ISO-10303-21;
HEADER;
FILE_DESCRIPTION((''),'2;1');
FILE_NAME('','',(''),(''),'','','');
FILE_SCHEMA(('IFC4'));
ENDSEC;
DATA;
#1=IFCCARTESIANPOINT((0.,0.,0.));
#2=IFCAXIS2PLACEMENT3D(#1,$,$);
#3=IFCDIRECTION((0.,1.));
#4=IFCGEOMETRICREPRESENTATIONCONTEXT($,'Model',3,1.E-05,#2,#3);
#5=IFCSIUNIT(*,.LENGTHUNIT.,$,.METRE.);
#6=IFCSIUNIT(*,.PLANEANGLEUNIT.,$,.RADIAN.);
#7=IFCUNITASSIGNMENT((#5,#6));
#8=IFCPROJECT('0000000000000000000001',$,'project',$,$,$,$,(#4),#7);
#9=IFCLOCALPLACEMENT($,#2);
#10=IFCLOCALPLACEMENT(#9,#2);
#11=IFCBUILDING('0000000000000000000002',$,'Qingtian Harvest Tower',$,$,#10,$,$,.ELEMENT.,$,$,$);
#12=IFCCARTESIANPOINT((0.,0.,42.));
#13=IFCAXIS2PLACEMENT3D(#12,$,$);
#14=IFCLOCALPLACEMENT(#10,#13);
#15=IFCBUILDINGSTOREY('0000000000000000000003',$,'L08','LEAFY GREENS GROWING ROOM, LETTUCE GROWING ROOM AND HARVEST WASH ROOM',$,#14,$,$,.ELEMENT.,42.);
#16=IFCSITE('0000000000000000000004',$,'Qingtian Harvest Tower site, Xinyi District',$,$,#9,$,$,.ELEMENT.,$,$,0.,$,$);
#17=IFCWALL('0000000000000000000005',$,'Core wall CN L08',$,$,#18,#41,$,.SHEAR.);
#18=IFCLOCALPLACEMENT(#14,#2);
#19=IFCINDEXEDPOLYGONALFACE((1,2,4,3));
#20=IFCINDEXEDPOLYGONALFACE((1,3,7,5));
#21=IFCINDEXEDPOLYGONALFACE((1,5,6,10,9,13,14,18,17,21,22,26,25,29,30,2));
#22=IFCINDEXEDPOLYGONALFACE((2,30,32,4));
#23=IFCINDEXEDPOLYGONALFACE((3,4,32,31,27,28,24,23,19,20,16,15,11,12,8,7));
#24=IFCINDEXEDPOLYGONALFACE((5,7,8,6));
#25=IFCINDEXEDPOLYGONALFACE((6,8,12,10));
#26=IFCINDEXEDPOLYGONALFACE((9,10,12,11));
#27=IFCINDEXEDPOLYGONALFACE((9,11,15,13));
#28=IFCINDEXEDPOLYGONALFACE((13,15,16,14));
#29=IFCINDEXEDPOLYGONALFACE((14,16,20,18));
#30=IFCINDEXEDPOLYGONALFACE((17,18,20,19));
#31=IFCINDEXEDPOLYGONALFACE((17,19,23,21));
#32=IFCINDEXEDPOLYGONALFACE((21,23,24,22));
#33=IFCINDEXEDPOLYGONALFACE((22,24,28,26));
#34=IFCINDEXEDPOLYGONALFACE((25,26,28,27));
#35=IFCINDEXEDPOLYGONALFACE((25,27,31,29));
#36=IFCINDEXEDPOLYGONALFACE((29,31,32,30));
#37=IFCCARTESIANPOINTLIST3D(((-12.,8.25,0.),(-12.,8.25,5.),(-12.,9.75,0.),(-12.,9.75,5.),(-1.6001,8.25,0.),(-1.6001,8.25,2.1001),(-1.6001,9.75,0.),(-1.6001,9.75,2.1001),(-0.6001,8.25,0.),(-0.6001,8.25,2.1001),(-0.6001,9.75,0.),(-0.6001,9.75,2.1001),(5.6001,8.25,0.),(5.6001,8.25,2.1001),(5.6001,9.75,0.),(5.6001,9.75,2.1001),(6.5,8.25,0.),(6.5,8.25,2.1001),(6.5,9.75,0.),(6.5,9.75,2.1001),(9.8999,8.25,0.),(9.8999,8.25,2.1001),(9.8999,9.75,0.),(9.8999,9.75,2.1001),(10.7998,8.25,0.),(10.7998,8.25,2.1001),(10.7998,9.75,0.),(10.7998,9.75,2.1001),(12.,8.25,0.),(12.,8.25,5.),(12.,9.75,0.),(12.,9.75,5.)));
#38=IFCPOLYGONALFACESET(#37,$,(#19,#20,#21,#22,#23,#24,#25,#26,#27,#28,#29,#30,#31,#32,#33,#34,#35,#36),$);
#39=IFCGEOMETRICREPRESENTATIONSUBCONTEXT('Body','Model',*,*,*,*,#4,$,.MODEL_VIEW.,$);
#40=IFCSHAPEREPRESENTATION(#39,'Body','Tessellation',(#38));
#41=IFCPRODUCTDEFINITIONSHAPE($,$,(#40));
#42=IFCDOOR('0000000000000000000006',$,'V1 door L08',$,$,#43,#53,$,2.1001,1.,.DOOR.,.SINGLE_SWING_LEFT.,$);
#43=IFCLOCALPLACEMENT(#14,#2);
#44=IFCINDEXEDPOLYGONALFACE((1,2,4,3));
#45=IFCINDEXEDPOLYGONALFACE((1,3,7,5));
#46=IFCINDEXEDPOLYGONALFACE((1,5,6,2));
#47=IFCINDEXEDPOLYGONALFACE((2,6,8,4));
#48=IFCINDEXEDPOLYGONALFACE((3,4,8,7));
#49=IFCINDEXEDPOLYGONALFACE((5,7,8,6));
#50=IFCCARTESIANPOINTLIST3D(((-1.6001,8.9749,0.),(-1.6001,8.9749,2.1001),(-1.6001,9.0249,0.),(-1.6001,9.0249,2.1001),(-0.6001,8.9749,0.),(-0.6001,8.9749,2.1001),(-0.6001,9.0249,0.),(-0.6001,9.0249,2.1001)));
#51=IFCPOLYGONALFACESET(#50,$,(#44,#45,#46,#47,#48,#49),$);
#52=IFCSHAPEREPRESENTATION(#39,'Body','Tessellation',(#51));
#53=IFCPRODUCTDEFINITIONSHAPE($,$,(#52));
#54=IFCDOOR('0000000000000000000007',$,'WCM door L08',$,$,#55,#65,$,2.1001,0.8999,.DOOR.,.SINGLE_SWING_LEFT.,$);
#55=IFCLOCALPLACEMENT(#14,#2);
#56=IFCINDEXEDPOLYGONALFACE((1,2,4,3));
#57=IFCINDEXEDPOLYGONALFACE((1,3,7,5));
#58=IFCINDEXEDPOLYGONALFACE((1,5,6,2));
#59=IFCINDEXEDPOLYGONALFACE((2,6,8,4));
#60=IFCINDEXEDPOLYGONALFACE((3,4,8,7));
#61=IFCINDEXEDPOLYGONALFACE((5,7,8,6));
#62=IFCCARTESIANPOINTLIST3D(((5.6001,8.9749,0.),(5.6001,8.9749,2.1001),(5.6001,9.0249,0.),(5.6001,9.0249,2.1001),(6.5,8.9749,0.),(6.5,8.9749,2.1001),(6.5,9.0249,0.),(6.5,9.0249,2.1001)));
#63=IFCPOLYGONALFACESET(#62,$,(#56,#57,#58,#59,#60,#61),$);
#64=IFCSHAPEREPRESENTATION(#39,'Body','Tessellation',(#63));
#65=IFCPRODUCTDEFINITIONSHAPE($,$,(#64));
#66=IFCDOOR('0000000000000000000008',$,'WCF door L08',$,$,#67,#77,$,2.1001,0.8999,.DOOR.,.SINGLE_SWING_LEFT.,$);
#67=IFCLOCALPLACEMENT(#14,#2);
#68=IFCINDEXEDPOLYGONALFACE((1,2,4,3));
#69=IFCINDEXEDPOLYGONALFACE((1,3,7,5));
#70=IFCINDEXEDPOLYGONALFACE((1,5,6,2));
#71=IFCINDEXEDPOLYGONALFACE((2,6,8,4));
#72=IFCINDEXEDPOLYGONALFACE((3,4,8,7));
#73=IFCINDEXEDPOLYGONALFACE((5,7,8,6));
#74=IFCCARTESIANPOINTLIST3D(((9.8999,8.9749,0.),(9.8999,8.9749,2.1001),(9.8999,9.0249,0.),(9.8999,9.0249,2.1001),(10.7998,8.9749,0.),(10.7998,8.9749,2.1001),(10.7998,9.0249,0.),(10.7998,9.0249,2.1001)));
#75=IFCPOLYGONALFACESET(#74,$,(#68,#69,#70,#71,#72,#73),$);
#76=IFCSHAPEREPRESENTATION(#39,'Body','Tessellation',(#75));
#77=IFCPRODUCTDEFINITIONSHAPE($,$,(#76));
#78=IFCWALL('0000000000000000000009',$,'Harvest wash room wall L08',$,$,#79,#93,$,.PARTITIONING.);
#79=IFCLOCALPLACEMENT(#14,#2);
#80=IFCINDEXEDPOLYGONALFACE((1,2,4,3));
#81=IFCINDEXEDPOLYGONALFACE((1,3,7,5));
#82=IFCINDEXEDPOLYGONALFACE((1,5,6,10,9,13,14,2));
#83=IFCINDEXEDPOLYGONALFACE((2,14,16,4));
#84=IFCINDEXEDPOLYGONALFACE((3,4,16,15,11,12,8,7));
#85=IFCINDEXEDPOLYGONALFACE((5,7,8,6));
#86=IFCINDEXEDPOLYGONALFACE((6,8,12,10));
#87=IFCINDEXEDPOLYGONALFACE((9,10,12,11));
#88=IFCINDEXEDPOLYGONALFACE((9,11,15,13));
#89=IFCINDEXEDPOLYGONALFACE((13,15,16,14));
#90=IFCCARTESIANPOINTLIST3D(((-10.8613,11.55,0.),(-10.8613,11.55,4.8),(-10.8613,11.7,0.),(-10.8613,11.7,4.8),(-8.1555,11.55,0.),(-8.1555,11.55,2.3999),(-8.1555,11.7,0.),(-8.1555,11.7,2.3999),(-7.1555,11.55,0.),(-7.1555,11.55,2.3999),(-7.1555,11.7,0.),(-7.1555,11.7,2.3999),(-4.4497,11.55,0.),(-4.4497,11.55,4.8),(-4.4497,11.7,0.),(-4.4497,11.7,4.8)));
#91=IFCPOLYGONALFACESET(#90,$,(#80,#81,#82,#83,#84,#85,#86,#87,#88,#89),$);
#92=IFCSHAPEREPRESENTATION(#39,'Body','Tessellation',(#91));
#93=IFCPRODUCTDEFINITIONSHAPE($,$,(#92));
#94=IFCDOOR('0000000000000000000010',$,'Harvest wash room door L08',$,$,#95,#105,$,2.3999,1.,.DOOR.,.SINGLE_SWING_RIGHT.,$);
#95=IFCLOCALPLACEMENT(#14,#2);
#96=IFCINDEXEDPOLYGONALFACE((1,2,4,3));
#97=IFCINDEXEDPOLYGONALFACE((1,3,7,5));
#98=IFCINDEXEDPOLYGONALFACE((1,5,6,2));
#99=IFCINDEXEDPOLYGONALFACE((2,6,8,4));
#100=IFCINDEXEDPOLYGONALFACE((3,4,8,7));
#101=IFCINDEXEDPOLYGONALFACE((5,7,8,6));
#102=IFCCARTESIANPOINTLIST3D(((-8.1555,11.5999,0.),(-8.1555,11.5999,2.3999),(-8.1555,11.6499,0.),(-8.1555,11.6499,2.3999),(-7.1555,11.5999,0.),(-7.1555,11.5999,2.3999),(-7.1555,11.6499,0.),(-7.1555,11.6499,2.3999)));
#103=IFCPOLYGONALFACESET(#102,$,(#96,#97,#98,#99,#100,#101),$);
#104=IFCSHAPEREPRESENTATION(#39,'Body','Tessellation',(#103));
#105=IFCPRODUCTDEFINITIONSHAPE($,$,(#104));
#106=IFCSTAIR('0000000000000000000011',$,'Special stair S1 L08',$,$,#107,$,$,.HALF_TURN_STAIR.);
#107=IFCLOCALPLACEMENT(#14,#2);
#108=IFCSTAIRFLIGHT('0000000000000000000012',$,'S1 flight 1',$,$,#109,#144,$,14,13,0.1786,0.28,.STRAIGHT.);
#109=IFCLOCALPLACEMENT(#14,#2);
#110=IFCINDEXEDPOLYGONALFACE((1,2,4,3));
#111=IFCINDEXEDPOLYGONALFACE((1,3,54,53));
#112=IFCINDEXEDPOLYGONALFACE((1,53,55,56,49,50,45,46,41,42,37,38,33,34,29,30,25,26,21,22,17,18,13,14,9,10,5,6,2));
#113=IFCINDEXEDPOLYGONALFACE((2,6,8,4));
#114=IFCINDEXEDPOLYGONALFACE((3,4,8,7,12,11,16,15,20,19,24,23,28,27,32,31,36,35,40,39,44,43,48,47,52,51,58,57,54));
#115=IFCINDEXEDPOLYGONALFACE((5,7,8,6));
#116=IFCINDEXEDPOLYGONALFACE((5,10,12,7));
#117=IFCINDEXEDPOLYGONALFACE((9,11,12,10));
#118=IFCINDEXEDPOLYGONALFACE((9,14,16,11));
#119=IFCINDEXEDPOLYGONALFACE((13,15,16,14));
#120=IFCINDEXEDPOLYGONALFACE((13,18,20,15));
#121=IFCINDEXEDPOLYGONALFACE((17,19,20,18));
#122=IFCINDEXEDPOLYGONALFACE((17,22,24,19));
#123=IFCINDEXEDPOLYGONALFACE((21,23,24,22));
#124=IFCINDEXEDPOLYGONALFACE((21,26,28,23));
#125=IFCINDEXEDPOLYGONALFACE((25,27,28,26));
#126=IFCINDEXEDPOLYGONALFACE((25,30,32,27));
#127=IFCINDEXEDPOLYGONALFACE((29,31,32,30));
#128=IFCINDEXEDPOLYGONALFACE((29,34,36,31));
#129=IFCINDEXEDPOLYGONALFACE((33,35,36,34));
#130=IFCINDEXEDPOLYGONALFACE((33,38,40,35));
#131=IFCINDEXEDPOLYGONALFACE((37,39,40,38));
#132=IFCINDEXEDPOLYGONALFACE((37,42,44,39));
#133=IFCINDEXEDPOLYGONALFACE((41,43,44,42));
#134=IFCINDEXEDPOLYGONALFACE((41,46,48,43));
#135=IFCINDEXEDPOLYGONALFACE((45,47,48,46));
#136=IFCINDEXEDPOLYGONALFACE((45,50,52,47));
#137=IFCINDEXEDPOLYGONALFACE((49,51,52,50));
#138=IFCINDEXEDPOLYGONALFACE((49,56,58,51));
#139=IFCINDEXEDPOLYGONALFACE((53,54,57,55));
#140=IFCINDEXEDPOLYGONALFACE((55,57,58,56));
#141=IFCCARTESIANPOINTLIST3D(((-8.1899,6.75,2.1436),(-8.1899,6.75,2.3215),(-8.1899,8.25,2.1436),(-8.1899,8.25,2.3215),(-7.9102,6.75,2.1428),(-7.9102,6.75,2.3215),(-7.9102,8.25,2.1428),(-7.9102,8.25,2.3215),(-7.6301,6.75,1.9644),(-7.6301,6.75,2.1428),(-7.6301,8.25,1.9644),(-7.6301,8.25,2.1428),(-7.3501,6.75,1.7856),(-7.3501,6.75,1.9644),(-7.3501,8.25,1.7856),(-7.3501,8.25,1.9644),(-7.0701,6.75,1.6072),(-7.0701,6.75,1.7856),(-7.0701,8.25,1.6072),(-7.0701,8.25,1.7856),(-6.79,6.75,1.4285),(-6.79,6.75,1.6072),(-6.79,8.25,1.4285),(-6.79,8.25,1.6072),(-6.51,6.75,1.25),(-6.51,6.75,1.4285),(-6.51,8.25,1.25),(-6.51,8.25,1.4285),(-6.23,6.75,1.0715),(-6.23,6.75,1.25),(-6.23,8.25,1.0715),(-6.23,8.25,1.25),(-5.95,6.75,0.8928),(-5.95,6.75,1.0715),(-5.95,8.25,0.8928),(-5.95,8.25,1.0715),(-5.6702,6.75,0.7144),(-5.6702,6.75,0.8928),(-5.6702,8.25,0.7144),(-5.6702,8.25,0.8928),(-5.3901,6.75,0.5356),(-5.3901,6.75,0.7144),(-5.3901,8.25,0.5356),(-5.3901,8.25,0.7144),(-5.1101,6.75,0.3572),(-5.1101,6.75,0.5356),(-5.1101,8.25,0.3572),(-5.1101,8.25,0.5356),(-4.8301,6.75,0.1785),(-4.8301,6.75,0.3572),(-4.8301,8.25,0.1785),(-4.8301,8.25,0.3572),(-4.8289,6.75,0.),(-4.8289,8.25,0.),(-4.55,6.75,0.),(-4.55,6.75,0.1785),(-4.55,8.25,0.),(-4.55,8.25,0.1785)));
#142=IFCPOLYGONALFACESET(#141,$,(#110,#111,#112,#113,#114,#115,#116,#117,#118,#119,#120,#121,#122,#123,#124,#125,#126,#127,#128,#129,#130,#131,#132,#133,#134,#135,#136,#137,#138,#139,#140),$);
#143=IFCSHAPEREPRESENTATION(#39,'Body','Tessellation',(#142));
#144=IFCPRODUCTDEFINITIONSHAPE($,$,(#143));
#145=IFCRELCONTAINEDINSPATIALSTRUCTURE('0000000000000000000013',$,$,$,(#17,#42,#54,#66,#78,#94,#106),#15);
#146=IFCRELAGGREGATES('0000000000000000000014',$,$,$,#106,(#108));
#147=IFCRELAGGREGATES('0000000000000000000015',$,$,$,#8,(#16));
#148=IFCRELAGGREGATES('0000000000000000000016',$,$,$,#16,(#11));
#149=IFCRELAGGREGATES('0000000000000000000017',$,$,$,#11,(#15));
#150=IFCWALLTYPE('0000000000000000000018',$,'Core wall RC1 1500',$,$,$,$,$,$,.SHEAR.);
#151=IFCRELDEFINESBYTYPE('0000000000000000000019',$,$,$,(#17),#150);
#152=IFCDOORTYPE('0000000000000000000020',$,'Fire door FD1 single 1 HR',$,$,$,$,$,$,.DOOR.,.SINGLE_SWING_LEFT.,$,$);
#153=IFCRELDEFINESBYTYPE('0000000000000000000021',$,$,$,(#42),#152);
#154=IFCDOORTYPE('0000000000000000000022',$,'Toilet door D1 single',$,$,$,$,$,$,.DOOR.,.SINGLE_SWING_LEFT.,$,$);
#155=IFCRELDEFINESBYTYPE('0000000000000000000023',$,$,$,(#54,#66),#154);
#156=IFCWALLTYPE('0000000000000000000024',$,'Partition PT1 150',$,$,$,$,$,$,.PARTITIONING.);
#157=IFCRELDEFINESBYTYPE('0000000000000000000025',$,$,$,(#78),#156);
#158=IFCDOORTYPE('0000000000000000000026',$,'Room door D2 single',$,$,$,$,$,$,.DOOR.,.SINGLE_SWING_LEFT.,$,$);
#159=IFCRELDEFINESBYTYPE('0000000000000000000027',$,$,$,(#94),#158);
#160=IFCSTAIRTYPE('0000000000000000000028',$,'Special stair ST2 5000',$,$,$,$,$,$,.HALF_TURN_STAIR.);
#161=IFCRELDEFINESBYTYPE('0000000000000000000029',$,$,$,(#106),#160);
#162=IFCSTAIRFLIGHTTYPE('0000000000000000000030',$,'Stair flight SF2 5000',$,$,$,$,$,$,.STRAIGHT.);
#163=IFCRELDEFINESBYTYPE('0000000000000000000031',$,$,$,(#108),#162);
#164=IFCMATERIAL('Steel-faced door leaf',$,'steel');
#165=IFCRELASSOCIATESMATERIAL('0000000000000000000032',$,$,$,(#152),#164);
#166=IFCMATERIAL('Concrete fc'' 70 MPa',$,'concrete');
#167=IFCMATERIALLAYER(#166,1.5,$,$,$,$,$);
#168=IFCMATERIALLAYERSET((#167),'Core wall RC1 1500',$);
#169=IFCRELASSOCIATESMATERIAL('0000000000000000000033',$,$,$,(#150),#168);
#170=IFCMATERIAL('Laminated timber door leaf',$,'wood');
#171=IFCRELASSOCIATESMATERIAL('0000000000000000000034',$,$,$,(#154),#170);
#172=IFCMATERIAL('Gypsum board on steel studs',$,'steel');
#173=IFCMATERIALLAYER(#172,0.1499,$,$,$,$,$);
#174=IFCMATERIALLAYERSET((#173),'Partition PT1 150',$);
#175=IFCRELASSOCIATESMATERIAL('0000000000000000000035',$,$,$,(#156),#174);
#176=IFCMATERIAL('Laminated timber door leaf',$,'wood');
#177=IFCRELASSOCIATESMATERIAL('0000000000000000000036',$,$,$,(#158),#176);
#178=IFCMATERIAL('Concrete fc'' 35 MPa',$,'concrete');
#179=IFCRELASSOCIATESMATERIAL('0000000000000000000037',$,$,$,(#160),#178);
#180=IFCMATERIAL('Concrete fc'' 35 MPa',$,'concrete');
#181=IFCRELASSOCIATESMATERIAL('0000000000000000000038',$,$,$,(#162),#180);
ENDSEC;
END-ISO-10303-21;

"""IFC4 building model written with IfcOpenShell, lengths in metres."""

from ifc_helpers import new_model, si_unit, direction, frame, frame_2d, origin, place, context, subcontext, project, spatial, polyline, rectangle, outline, extrude, material, layer, layer_set, type_object, element, fill, aggregate, save


model = new_model("IFC4")

# Units and contexts
model_context = context("Model", 3, precision=1e-05, world=origin(), true_north=direction((0.0, 1.0)))
body_context = subcontext(model_context, "Body", "Model", "MODEL_VIEW")
ifc_project = project(units=[si_unit("LENGTHUNIT", "METRE"), si_unit("PLANEANGLEUNIT", "RADIAN")], contexts=[model_context])

# Site, building, storey
site_placement = place(None, origin())
site = spatial("IfcSite", under=ifc_project, at=site_placement, Name="Qingtian Harvest Tower site, Xinyi District", CompositionType="ELEMENT", RefElevation=0.0)
building_placement = place(site_placement, origin())
building = spatial("IfcBuilding", under=site, at=building_placement, Name="Qingtian Harvest Tower", CompositionType="ELEMENT")
storey_placement = place(building_placement, frame((0.0, 0.0, 42.0)))
storey = spatial("IfcBuildingStorey", under=building, at=storey_placement, Name="L08", Description="LEAFY GREENS GROWING ROOM, LETTUCE GROWING ROOM AND HARVEST WASH ROOM", CompositionType="ELEMENT", Elevation=42.0)

# Shared definitions
ifc_material_1 = material(Name="Steel-faced door leaf", Category="steel")
door_type_1 = type_object("IfcDoorType", Name="Fire door FD1 single 1 HR", OperationType="SINGLE_SWING_LEFT", PredefinedType="DOOR", material=ifc_material_1)

# Wall, openings, doors
ifc_material_2 = material(Name="Concrete fc' 70 MPa", Category="concrete")
ifc_layer_1 = layer(ifc_material_2, 1.5)
ifc_layer_set_1 = layer_set([ifc_layer_1], Name="Core wall RC1 1500")
wall_type_1 = type_object("IfcWallType", Name="Core wall RC1 1500", PredefinedType="SHEAR", material=ifc_layer_set_1)
wall_1_placement = place(storey_placement, frame((-12.0, 9.0, 0.0), z_axis=(0.0, 0.0, 1.0), x_axis=(1.0, 0.0, 0.0)))
wall_1 = element("IfcWall", 1, at=wall_1_placement, inside=storey, type_object=wall_type_1, Name="Core wall CN L08", PredefinedType="SHEAR", context=body_context, shape_type="SweptSolid", body=[
    extrude(rectangle(XDim=24.0, YDim=1.5, at=frame_2d((12.0, 0.0))), origin(), (0.0, 0.0, 1.0), 5.0),
])
opening_1_placement = place(wall_1_placement, frame((10.3999, 0.0, 0.0)))
opening_1 = element("IfcOpeningElement", 2, at=opening_1_placement, cuts=wall_1, PredefinedType="OPENING", context=body_context, shape_type="SweptSolid", body=[
    extrude(rectangle(XDim=1.0, YDim=2.1001, at=frame_2d((0.5, 1.05))), frame((0.0, 0.76, 0.0), z_axis=(0.0, -1.0, 0.0), x_axis=(1.0, 0.0, 0.0)), (0.0, 0.0, 1.0), 1.52),
])
opening_2_placement = place(wall_1_placement, frame((17.6001, 0.0, 0.0)))
opening_2 = element("IfcOpeningElement", 3, at=opening_2_placement, cuts=wall_1, PredefinedType="OPENING", context=body_context, shape_type="SweptSolid", body=[
    extrude(rectangle(XDim=0.8999, YDim=2.1001, at=frame_2d((0.45, 1.05))), frame((0.0, 0.76, 0.0), z_axis=(0.0, -1.0, 0.0), x_axis=(1.0, 0.0, 0.0)), (0.0, 0.0, 1.0), 1.52),
])
opening_3_placement = place(wall_1_placement, frame((21.8999, 0.0, 0.0)))
opening_3 = element("IfcOpeningElement", 4, at=opening_3_placement, cuts=wall_1, PredefinedType="OPENING", context=body_context, shape_type="SweptSolid", body=[
    extrude(rectangle(XDim=0.8999, YDim=2.1001, at=frame_2d((0.45, 1.05))), frame((0.0, 0.76, 0.0), z_axis=(0.0, -1.0, 0.0), x_axis=(1.0, 0.0, 0.0)), (0.0, 0.0, 1.0), 1.52),
])
door_1_placement = place(opening_1_placement, origin())
door_1 = element("IfcDoor", 5, at=door_1_placement, inside=storey, type_object=door_type_1, Name="V1 door L08", OperationType="SINGLE_SWING_LEFT", OverallHeight=2.1001, OverallWidth=1.0, PredefinedType="DOOR", context=body_context, shape_type="SweptSolid", body=[
    extrude(rectangle(XDim=1.0, YDim=2.1001, at=frame_2d((0.5, 1.05))), frame((0.0, 0.0249, 0.0), z_axis=(0.0, -1.0, 0.0), x_axis=(1.0, 0.0, 0.0)), (0.0, 0.0, 1.0), 0.05),
])
fill(opening_1, door_1)
ifc_material_3 = material(Name="Laminated timber door leaf", Category="wood")
door_type_2 = type_object("IfcDoorType", Name="Toilet door D1 single", OperationType="SINGLE_SWING_LEFT", PredefinedType="DOOR", material=ifc_material_3)
door_2_placement = place(opening_2_placement, origin())
door_2 = element("IfcDoor", 6, at=door_2_placement, inside=storey, type_object=door_type_2, Name="WCM door L08", OperationType="SINGLE_SWING_LEFT", OverallHeight=2.1001, OverallWidth=0.8999, PredefinedType="DOOR", context=body_context, shape_type="SweptSolid", body=[
    extrude(rectangle(XDim=0.8999, YDim=2.1001, at=frame_2d((0.45, 1.05))), frame((0.0, 0.0249, 0.0), z_axis=(0.0, -1.0, 0.0), x_axis=(1.0, 0.0, 0.0)), (0.0, 0.0, 1.0), 0.05),
])
fill(opening_2, door_2)
door_3_placement = place(opening_3_placement, origin())
door_3 = element("IfcDoor", 7, at=door_3_placement, inside=storey, type_object=door_type_2, Name="WCF door L08", OperationType="SINGLE_SWING_LEFT", OverallHeight=2.1001, OverallWidth=0.8999, PredefinedType="DOOR", context=body_context, shape_type="SweptSolid", body=[
    extrude(rectangle(XDim=0.8999, YDim=2.1001, at=frame_2d((0.45, 1.05))), frame((0.0, 0.0249, 0.0), z_axis=(0.0, -1.0, 0.0), x_axis=(1.0, 0.0, 0.0)), (0.0, 0.0, 1.0), 0.05),
])
fill(opening_3, door_3)

# Wall, opening, door
ifc_material_4 = material(Name="Gypsum board on steel studs", Category="steel")
ifc_layer_2 = layer(ifc_material_4, 0.1499)
ifc_layer_set_2 = layer_set([ifc_layer_2], Name="Partition PT1 150")
wall_type_2 = type_object("IfcWallType", Name="Partition PT1 150", PredefinedType="PARTITIONING", material=ifc_layer_set_2)
wall_2_placement = place(storey_placement, frame((-10.8613, 11.625, 0.0), z_axis=(0.0, 0.0, 1.0), x_axis=(1.0, 0.0, 0.0)))
wall_2 = element("IfcWall", 8, at=wall_2_placement, inside=storey, type_object=wall_type_2, Name="Harvest wash room wall L08", PredefinedType="PARTITIONING", context=body_context, shape_type="SweptSolid", body=[
    extrude(rectangle(XDim=6.4116, YDim=0.1499, at=frame_2d((3.2058, 0.0))), origin(), (0.0, 0.0, 1.0), 4.8),
])
opening_4_placement = place(wall_2_placement, frame((2.7058, 0.0, 0.0)))
opening_4 = element("IfcOpeningElement", 9, at=opening_4_placement, cuts=wall_2, PredefinedType="OPENING", context=body_context, shape_type="SweptSolid", body=[
    extrude(rectangle(XDim=1.0, YDim=2.3999, at=frame_2d((0.5, 1.2))), frame((0.0, 0.085, 0.0), z_axis=(0.0, -1.0, 0.0), x_axis=(1.0, 0.0, 0.0)), (0.0, 0.0, 1.0), 0.1699),
])
ifc_material_5 = material(Name="Laminated timber door leaf", Category="wood")
door_type_3 = type_object("IfcDoorType", Name="Room door D2 single", OperationType="SINGLE_SWING_LEFT", PredefinedType="DOOR", material=ifc_material_5)
door_4_placement = place(opening_4_placement, origin())
door_4 = element("IfcDoor", 10, at=door_4_placement, inside=storey, type_object=door_type_3, Name="Harvest wash room door L08", OperationType="SINGLE_SWING_RIGHT", OverallHeight=2.3999, OverallWidth=1.0, PredefinedType="DOOR", context=body_context, shape_type="SweptSolid", body=[
    extrude(rectangle(XDim=1.0, YDim=2.3999, at=frame_2d((0.5, 1.2))), frame((0.0, 0.0249, 0.0), z_axis=(0.0, -1.0, 0.0), x_axis=(1.0, 0.0, 0.0)), (0.0, 0.0, 1.0), 0.05),
])
fill(opening_4, door_4)

# Stair, stair flight
ifc_material_6 = material(Name="Concrete fc' 35 MPa", Category="concrete")
stair_type = type_object("IfcStairType", Name="Special stair ST2 5000", PredefinedType="HALF_TURN_STAIR", material=ifc_material_6)
stair_placement = place(storey_placement, origin())
stair = element("IfcStair", 11, at=stair_placement, inside=storey, type_object=stair_type, Name="Special stair S1 L08", PredefinedType="HALF_TURN_STAIR")
ifc_material_7 = material(Name="Concrete fc' 35 MPa", Category="concrete")
stair_flight_type = type_object("IfcStairFlightType", Name="Stair flight SF2 5000", PredefinedType="STRAIGHT", material=ifc_material_7)
stair_flight_1_placement = place(storey_placement, frame((-4.55, 7.5, 0.0), z_axis=(0.0, 0.0, 1.0), x_axis=(-1.0, 0.0, 0.0)))
stair_flight_1 = element("IfcStairFlight", 12, at=stair_flight_1_placement, type_object=stair_flight_type, Name="S1 flight 1", NumberOfRisers=14, NumberOfTreads=13, PredefinedType="STRAIGHT", RiserHeight=0.1786, TreadLength=0.28, context=body_context, shape_type="SweptSolid", body=[
    extrude(outline(polyline([(0.0, 0.0), (0.0, 0.1785), (0.28, 0.1785), (0.28, 0.3572), (0.5601, 0.3572), (0.5601, 0.5356), (0.8401, 0.5356), (0.8401, 0.7144), (1.1201, 0.7144), (1.1201, 0.8928), (1.3999, 0.8928), (1.3999, 1.0715), (1.6799, 1.0715), (1.6799, 1.25), (1.96, 1.25), (1.96, 1.4285), (2.24, 1.4285), (2.24, 1.6072), (2.52, 1.6072), (2.52, 1.7856), (2.8, 1.7856), (2.8, 1.9644), (3.0801, 1.9644), (3.0801, 2.1428), (3.3601, 2.1428), (3.3601, 2.3215), (3.6399, 2.3215), (3.6399, 2.5), (3.6399, 2.1436), (0.2788, 0.0), (0.0, 0.0)])), frame((0.0, 0.75, 0.0), z_axis=(0.0, -1.0, 0.0), x_axis=(1.0, 0.0, 0.0)), (0.0, 0.0, 1.0), 1.5),
])
aggregate(stair, [stair_flight_1])

save(model, "model.ifc")
